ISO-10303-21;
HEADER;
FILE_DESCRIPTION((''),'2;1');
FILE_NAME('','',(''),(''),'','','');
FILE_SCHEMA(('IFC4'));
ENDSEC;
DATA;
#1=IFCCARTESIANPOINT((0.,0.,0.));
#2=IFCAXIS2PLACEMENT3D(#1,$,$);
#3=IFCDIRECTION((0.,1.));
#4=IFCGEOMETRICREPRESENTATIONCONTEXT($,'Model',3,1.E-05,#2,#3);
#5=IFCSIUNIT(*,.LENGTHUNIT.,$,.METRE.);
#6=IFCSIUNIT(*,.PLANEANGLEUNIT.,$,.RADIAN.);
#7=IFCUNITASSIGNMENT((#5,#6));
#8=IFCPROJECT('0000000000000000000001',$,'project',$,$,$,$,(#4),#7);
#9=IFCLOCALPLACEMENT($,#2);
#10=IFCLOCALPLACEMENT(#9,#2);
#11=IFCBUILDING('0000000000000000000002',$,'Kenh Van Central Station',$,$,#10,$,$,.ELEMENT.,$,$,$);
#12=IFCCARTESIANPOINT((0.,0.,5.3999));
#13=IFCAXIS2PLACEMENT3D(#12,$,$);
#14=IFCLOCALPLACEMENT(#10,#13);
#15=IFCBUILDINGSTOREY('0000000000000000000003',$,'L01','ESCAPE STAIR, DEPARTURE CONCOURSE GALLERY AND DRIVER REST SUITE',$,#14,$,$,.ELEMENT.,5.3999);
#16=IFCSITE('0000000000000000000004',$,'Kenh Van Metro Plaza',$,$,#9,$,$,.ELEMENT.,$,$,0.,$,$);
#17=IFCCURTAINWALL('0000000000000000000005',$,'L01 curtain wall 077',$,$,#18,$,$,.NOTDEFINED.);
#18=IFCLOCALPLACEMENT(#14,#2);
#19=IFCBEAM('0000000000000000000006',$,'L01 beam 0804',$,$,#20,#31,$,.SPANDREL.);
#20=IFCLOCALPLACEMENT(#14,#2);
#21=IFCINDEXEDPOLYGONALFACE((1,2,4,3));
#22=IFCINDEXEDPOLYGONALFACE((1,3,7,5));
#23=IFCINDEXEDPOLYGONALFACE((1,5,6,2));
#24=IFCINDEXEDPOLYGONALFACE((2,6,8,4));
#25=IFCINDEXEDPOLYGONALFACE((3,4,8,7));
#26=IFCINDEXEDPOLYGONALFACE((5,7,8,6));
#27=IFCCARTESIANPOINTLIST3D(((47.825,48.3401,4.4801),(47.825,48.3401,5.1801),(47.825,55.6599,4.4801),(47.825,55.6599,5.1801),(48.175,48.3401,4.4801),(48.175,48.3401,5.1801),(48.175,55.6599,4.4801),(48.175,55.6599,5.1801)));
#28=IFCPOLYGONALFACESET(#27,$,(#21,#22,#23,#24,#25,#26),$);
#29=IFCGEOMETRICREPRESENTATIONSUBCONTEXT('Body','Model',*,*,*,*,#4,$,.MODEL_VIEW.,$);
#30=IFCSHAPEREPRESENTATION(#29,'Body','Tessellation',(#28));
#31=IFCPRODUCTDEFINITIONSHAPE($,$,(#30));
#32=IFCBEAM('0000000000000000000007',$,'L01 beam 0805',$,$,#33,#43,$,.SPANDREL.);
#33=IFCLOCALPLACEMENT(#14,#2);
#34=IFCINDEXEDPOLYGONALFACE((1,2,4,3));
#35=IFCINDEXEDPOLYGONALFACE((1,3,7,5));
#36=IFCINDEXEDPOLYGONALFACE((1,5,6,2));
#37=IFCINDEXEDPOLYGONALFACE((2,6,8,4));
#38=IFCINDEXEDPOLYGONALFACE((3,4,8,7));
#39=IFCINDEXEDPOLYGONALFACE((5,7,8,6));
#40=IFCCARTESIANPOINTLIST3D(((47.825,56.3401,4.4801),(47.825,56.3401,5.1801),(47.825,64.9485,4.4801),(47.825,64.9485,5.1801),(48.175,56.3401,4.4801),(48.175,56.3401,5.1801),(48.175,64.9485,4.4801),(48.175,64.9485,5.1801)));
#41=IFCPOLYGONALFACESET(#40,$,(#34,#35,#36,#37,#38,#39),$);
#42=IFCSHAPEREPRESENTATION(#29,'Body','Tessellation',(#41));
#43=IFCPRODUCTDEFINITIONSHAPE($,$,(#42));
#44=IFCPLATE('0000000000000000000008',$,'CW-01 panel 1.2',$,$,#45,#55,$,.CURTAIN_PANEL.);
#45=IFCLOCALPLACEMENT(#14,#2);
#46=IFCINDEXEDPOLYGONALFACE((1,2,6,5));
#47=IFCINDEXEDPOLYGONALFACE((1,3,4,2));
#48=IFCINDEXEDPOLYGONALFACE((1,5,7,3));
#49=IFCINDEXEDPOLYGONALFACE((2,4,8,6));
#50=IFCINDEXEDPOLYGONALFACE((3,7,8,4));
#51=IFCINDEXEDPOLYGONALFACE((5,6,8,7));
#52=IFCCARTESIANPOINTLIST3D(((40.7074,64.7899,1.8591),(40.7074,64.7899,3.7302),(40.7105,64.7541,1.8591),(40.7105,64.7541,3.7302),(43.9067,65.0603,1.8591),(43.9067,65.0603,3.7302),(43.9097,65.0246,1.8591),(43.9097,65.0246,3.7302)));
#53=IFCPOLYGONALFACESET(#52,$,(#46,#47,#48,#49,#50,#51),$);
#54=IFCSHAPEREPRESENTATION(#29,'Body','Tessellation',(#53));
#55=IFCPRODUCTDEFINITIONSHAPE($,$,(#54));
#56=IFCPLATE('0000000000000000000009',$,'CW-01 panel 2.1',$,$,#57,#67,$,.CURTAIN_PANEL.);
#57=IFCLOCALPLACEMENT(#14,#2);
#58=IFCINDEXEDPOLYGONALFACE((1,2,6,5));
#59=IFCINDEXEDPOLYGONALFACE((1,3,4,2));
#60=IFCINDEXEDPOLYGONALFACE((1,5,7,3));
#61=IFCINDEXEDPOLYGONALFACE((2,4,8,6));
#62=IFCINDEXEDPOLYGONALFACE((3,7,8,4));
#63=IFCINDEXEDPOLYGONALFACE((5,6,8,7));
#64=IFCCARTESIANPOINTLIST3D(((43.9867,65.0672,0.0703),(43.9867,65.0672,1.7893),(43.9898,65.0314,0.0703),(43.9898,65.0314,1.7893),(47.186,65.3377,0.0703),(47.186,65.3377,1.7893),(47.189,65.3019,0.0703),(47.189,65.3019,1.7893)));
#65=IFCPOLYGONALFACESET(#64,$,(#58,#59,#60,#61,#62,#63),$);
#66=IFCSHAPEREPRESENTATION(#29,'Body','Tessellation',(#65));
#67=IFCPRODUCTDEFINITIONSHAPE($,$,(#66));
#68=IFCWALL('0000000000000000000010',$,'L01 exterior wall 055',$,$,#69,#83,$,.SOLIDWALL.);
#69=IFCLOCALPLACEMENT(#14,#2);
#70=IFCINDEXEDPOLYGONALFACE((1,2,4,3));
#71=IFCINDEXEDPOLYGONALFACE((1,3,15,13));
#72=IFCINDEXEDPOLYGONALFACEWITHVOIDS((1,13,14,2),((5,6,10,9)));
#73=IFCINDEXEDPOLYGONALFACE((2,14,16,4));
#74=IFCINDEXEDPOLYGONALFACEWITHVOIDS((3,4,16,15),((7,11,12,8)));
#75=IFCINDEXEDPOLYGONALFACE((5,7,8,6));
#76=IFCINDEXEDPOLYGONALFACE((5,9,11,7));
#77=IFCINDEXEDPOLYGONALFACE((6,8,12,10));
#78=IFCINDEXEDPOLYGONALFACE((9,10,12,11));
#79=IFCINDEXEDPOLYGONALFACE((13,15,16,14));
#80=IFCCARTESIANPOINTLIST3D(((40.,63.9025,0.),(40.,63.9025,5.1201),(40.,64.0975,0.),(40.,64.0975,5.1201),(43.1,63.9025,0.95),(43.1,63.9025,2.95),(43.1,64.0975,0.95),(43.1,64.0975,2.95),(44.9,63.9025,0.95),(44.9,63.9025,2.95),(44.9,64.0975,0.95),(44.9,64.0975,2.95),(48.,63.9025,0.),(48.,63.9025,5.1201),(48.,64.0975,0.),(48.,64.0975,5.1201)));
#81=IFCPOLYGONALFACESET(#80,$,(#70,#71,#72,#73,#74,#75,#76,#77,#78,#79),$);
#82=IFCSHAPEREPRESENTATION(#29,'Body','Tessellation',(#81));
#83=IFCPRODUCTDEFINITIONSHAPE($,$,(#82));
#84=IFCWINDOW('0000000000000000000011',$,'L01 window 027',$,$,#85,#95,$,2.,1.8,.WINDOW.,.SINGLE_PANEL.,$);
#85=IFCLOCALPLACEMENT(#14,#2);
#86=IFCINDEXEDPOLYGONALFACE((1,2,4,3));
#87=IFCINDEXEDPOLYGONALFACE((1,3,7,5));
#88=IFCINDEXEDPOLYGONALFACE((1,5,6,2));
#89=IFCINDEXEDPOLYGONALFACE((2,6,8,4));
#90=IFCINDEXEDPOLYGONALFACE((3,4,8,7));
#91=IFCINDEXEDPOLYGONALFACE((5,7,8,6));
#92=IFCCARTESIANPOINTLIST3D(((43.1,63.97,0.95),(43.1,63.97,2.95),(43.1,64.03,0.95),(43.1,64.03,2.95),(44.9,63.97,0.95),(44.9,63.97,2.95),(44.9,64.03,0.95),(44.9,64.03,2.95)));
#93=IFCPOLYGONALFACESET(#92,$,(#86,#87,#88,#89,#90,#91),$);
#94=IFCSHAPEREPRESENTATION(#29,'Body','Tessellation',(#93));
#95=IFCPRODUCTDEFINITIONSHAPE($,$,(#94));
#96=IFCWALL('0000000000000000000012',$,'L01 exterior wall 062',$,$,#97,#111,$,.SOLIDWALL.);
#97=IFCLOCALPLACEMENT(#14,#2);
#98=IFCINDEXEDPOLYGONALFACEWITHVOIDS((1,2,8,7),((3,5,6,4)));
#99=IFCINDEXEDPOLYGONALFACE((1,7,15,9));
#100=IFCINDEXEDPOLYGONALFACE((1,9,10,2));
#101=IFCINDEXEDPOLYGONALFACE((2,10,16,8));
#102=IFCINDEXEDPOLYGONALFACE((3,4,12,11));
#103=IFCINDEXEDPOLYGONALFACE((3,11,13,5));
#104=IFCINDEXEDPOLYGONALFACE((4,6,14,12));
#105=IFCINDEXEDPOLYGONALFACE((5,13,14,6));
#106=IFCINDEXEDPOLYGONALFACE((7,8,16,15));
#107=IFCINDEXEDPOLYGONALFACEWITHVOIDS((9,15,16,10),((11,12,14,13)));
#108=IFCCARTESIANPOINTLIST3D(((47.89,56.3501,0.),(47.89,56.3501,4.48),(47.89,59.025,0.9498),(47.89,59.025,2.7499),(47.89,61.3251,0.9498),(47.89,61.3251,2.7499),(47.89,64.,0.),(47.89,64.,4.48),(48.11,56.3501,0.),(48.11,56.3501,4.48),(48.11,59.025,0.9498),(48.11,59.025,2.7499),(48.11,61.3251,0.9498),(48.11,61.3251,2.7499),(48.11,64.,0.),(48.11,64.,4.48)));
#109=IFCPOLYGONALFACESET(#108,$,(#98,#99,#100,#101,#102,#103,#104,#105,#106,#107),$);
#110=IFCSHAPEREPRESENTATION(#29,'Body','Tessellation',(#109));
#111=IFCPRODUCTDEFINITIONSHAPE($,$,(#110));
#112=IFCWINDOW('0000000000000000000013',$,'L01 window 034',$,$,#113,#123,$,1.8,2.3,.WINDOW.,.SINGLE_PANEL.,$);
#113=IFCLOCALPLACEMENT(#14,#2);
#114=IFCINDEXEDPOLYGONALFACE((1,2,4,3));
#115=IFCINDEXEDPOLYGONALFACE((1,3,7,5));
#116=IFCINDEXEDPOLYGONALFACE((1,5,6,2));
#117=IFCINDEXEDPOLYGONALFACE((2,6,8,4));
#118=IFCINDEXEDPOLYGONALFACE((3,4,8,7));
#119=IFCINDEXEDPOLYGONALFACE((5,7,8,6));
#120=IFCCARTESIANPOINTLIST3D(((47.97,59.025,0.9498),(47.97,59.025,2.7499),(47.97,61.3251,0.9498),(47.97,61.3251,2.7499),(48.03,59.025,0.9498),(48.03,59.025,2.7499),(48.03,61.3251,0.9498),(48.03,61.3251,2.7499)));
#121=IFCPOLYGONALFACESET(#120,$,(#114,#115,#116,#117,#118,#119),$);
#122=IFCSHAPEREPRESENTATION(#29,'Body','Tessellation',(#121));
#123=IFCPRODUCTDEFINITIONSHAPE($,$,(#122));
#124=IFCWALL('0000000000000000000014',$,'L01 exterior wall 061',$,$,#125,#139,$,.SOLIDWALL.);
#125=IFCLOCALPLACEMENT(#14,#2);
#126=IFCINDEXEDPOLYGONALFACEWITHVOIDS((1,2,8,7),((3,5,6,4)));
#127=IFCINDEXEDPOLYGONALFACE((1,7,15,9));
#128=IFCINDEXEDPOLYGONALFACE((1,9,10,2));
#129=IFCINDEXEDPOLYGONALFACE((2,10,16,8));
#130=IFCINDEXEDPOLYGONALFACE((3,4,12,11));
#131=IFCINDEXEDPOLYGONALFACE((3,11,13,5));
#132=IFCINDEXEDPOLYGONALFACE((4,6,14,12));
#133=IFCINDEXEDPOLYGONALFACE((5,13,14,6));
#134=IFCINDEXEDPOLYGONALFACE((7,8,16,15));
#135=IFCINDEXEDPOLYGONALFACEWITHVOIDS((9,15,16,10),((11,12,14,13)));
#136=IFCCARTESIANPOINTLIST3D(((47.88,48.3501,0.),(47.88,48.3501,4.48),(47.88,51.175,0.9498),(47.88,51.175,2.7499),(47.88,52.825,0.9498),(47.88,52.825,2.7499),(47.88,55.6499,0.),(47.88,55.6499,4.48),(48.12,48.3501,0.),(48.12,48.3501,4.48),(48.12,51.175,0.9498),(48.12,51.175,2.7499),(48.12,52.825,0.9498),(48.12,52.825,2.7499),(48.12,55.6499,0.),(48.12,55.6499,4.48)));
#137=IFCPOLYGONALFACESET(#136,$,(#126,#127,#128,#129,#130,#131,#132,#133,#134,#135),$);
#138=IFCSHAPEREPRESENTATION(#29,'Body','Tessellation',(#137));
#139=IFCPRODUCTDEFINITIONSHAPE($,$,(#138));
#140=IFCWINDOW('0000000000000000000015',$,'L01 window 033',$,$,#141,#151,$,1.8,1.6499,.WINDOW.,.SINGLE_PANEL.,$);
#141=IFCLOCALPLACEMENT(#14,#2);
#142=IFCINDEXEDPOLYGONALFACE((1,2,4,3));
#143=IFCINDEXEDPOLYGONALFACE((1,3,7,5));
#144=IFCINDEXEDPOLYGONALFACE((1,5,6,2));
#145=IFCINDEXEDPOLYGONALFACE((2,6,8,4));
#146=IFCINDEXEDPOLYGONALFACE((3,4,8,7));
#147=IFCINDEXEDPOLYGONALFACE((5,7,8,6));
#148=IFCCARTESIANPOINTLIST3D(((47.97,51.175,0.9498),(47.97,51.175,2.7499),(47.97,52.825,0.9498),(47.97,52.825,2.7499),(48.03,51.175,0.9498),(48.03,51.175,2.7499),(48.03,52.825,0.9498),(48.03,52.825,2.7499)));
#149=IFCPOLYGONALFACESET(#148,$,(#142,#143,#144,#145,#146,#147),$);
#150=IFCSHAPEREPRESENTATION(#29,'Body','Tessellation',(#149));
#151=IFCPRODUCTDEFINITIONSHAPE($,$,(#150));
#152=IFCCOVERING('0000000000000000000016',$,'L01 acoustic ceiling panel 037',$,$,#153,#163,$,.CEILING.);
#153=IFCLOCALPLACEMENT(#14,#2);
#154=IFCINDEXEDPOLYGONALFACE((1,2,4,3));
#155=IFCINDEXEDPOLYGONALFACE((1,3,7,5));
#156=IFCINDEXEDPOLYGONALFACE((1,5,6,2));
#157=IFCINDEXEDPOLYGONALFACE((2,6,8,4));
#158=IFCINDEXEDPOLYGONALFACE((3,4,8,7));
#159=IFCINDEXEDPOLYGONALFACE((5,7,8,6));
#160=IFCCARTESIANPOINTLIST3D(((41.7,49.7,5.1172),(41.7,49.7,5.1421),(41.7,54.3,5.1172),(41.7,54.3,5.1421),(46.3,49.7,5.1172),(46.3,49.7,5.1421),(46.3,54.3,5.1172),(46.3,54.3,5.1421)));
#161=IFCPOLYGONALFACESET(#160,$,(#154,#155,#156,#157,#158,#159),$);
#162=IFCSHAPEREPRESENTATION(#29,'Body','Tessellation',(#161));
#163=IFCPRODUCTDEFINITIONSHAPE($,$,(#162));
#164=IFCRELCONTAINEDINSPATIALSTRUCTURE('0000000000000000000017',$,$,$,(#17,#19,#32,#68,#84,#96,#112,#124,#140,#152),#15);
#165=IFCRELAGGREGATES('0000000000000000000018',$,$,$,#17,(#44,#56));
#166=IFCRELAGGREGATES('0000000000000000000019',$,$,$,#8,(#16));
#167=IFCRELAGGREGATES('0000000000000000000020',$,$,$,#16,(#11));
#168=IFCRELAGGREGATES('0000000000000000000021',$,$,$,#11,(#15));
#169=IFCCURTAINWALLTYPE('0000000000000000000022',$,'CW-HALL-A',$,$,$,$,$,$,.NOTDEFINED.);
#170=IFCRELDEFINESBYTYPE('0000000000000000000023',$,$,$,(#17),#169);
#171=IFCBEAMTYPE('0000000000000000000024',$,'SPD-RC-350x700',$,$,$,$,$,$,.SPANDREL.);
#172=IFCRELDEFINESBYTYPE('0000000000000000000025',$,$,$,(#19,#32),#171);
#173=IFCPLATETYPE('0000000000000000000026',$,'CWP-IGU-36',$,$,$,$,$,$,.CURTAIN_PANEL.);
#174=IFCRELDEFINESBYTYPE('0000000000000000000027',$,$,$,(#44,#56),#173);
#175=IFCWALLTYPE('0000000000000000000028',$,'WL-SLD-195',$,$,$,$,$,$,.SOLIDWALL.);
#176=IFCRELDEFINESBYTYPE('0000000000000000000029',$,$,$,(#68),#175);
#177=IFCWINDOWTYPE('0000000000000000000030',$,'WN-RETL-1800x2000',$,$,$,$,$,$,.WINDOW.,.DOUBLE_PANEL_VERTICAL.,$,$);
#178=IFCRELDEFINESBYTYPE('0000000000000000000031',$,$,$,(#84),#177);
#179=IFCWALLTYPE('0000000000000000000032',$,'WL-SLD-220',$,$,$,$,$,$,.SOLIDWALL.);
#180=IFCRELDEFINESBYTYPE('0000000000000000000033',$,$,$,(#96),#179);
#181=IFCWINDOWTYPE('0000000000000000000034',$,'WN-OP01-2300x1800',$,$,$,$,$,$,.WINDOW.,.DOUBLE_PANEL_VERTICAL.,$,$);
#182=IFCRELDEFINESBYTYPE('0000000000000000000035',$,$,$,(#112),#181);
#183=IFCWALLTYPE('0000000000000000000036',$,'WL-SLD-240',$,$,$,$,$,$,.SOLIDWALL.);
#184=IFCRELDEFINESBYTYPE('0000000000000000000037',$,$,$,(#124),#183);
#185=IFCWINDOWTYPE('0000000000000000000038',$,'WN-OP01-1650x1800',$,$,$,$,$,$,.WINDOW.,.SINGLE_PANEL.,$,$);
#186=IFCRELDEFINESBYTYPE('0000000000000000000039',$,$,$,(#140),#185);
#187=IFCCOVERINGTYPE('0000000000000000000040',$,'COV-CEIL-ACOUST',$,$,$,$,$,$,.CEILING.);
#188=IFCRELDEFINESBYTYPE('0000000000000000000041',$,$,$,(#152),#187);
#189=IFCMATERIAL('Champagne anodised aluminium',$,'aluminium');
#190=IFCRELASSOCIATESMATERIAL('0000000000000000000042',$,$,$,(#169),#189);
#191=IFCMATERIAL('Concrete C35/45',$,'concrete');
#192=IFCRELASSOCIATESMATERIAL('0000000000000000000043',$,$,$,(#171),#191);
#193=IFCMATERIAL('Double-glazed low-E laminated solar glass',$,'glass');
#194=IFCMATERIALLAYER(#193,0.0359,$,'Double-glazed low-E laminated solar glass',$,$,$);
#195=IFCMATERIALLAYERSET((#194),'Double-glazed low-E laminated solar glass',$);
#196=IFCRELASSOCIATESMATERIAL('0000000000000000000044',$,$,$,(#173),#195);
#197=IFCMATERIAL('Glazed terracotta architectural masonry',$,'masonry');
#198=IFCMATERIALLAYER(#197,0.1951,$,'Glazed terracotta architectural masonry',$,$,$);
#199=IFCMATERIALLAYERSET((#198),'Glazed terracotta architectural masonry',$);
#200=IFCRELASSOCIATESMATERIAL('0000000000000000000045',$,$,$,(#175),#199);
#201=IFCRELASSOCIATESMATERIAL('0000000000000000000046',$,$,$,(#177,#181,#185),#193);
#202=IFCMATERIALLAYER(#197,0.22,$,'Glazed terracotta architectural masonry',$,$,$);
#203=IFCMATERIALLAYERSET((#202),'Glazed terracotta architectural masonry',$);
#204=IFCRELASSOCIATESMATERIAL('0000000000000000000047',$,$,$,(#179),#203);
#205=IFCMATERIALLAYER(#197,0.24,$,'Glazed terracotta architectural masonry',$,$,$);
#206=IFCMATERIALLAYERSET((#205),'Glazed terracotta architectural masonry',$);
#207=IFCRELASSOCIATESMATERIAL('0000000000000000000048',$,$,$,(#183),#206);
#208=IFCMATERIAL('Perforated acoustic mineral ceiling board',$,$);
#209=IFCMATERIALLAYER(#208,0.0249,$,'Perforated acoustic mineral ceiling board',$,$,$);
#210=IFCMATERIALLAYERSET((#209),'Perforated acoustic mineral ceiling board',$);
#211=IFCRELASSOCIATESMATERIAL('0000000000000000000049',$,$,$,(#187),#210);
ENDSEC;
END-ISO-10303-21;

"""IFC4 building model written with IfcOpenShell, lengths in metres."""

from ifc_helpers import new_model, si_unit, direction, frame, frame_2d, origin, origin_2d, place, context, subcontext, project, spatial, rectangle, extrude, material, layer, layer_set, material_profile, profile_set, type_object, element, fill, aggregate, save


model = new_model("IFC4")

# Units and contexts
model_context = context("Model", 3, precision=1e-05, world=origin(), true_north=direction((0.0, 1.0)))
body_context = subcontext(model_context, "Body", "Model", "MODEL_VIEW")
ifc_project = project(units=[si_unit("LENGTHUNIT", "METRE"), si_unit("PLANEANGLEUNIT", "RADIAN")], contexts=[model_context])

# Site, building, storey
site_placement = place(None, origin())
site = spatial("IfcSite", under=ifc_project, at=site_placement, Name="Kenh Van Metro Plaza", CompositionType="ELEMENT", RefElevation=0.0)
building_placement = place(site_placement, origin())
building = spatial("IfcBuilding", under=site, at=building_placement, Name="Kenh Van Central Station", CompositionType="ELEMENT")
storey_placement = place(building_placement, frame((0.0, 0.0, 5.3999)))
storey = spatial("IfcBuildingStorey", under=building, at=storey_placement, Name="L01", Description="ESCAPE STAIR, DEPARTURE CONCOURSE GALLERY AND DRIVER REST SUITE", CompositionType="ELEMENT", Elevation=5.3999)

# Shared definitions
ifc_material_1 = material(Name="Concrete C35/45", Category="concrete")

# Curtain wall
ifc_material_2 = material(Name="Champagne anodised aluminium", Category="aluminium")
curtain_wall_type = type_object("IfcCurtainWallType", Name="CW-HALL-A", PredefinedType="NOTDEFINED", material=ifc_material_2)
curtain_wall_placement = place(storey_placement, origin())
curtain_wall = element("IfcCurtainWall", 1, at=curtain_wall_placement, inside=storey, type_object=curtain_wall_type, Name="L01 curtain wall 077", PredefinedType="NOTDEFINED")

# Beams
ifc_material_profile_1 = material_profile(ifc_material_1, rectangle(XDim=0.3501, YDim=0.7, at=origin_2d()), Name="RC 350x700")
ifc_profile_set_1 = profile_set([ifc_material_profile_1], Name="Concrete C35/45")
beam_type_1 = type_object("IfcBeamType", Name="SPD-RC-350x700", PredefinedType="SPANDREL", material=ifc_profile_set_1)
beam_1_placement = place(storey_placement, frame((48.0, 48.3401, 4.8301), z_axis=(0.0, 1.0, 0.0), x_axis=(-1.0, 0.0, 0.0)))
element("IfcBeam", 2, at=beam_1_placement, inside=storey, type_object=beam_type_1, Name="L01 beam 0804", PredefinedType="SPANDREL", context=body_context, shape_type="SweptSolid", body=[
    extrude(rectangle(XDim=0.3501, YDim=0.7, at=origin_2d()), origin(), (0.0, 0.0, 1.0), 7.3198),
])
beam_2_placement = place(storey_placement, frame((48.0, 56.3401, 4.8301), z_axis=(0.0, 1.0, 0.0), x_axis=(-1.0, 0.0, 0.0)))
element("IfcBeam", 3, at=beam_2_placement, inside=storey, type_object=beam_type_1, Name="L01 beam 0805", PredefinedType="SPANDREL", context=body_context, shape_type="SweptSolid", body=[
    extrude(rectangle(XDim=0.3501, YDim=0.7, at=origin_2d()), origin(), (0.0, 0.0, 1.0), 8.6084),
])

# Plates
ifc_material_3 = material(Name="Double-glazed low-E laminated solar glass", Category="glass")
ifc_layer_1 = layer(ifc_material_3, 0.0359, Name="Double-glazed low-E laminated solar glass")
ifc_layer_set_1 = layer_set([ifc_layer_1], Name="Double-glazed low-E laminated solar glass")
plate_type = type_object("IfcPlateType", Name="CWP-IGU-36", PredefinedType="CURTAIN_PANEL", material=ifc_layer_set_1)
plate_1_placement = place(storey_placement, frame((42.3086, 64.9072, 1.8591), z_axis=(0.0, 0.0, 1.0), x_axis=(0.996445, 0.084244, 0.0)))
plate_1 = element("IfcPlate", 4, at=plate_1_placement, type_object=plate_type, Name="CW-01 panel 1.2", PredefinedType="CURTAIN_PANEL", context=body_context, shape_type="SweptSolid", body=[
    extrude(rectangle(XDim=3.2107, YDim=0.0359, at=origin_2d()), origin(), (0.0, 0.0, 1.0), 1.8711),
])
plate_2_placement = place(storey_placement, frame((45.5879, 65.1846, 0.0703), z_axis=(0.0, 0.0, 1.0), x_axis=(0.996445, 0.084244, 0.0)))
plate_2 = element("IfcPlate", 5, at=plate_2_placement, type_object=plate_type, Name="CW-01 panel 2.1", PredefinedType="CURTAIN_PANEL", context=body_context, shape_type="SweptSolid", body=[
    extrude(rectangle(XDim=3.2107, YDim=0.0359, at=origin_2d()), origin(), (0.0, 0.0, 1.0), 1.719),
])
aggregate(curtain_wall, [plate_1, plate_2])

# Walls, openings, windows
ifc_material_4 = material(Name="Glazed terracotta architectural masonry", Category="masonry")
ifc_layer_2 = layer(ifc_material_4, 0.1951, Name="Glazed terracotta architectural masonry")
ifc_layer_set_2 = layer_set([ifc_layer_2], Name="Glazed terracotta architectural masonry")
wall_type_1 = type_object("IfcWallType", Name="WL-SLD-195", PredefinedType="SOLIDWALL", material=ifc_layer_set_2)
wall_1_placement = place(storey_placement, frame((48.0, 64.0, 0.0), z_axis=(0.0, 0.0, 1.0), x_axis=(-1.0, 0.0, 0.0)))
wall_1 = element("IfcWall", 6, at=wall_1_placement, inside=storey, type_object=wall_type_1, Name="L01 exterior wall 055", PredefinedType="SOLIDWALL", context=body_context, shape_type="SweptSolid", body=[
    extrude(rectangle(XDim=8.0, YDim=0.1951, at=frame_2d((4.0, 0.0))), origin(), (0.0, 0.0, 1.0), 5.1201),
])
opening_1_placement = place(wall_1_placement, frame((3.1001, 0.0, 0.95)))
opening_1 = element("IfcOpeningElement", 7, at=opening_1_placement, cuts=wall_1, PredefinedType="OPENING", context=body_context, shape_type="SweptSolid", body=[
    extrude(rectangle(XDim=1.8, YDim=2.0, at=frame_2d((0.8999, 1.0))), frame((0.0, 0.1074, 0.0), z_axis=(0.0, -1.0, 0.0), x_axis=(1.0, 0.0, 0.0)), (0.0, 0.0, 1.0), 0.2151),
])
window_type_1 = type_object("IfcWindowType", Name="WN-RETL-1800x2000", PartitioningType="DOUBLE_PANEL_VERTICAL", PredefinedType="WINDOW", material=ifc_material_3)
window_1_placement = place(opening_1_placement, origin())
window_1 = element("IfcWindow", 8, at=window_1_placement, inside=storey, type_object=window_type_1, Name="L01 window 027", OverallHeight=2.0, OverallWidth=1.8, PartitioningType="SINGLE_PANEL", PredefinedType="WINDOW", context=body_context, shape_type="SweptSolid", body=[
    extrude(rectangle(XDim=1.8, YDim=2.0, at=frame_2d((0.8999, 1.0))), frame((0.0, 0.03, 0.0), z_axis=(0.0, -1.0, 0.0), x_axis=(1.0, 0.0, 0.0)), (0.0, 0.0, 1.0), 0.0601),
])
fill(opening_1, window_1)
ifc_layer_3 = layer(ifc_material_4, 0.22, Name="Glazed terracotta architectural masonry")
ifc_layer_set_3 = layer_set([ifc_layer_3], Name="Glazed terracotta architectural masonry")
wall_type_2 = type_object("IfcWallType", Name="WL-SLD-220", PredefinedType="SOLIDWALL", material=ifc_layer_set_3)
wall_2_placement = place(storey_placement, frame((48.0, 56.3501, 0.0), z_axis=(0.0, 0.0, 1.0), x_axis=(0.0, 1.0, 0.0)))
wall_2 = element("IfcWall", 9, at=wall_2_placement, inside=storey, type_object=wall_type_2, Name="L01 exterior wall 062", PredefinedType="SOLIDWALL", context=body_context, shape_type="SweptSolid", body=[
    extrude(rectangle(XDim=7.6499, YDim=0.22, at=frame_2d((3.825, 0.0))), origin(), (0.0, 0.0, 1.0), 4.48),
])
opening_2_placement = place(wall_2_placement, frame((2.675, 0.0, 0.95)))
opening_2 = element("IfcOpeningElement", 10, at=opening_2_placement, cuts=wall_2, PredefinedType="OPENING", context=body_context, shape_type="SweptSolid", body=[
    extrude(rectangle(XDim=2.3, YDim=1.8, at=frame_2d((1.1499, 0.8999))), frame((0.0, 0.1199, 0.0), z_axis=(0.0, -1.0, 0.0), x_axis=(1.0, 0.0, 0.0)), (0.0, 0.0, 1.0), 0.24),
])
window_type_2 = type_object("IfcWindowType", Name="WN-OP01-2300x1800", PartitioningType="DOUBLE_PANEL_VERTICAL", PredefinedType="WINDOW", material=ifc_material_3)
window_2_placement = place(opening_2_placement, origin())
window_2 = element("IfcWindow", 11, at=window_2_placement, inside=storey, type_object=window_type_2, Name="L01 window 034", OverallHeight=1.8, OverallWidth=2.3, PartitioningType="SINGLE_PANEL", PredefinedType="WINDOW", context=body_context, shape_type="SweptSolid", body=[
    extrude(rectangle(XDim=2.3, YDim=1.8, at=frame_2d((1.1499, 0.8999))), frame((0.0, 0.03, 0.0), z_axis=(0.0, -1.0, 0.0), x_axis=(1.0, 0.0, 0.0)), (0.0, 0.0, 1.0), 0.0601),
])
fill(opening_2, window_2)
ifc_layer_4 = layer(ifc_material_4, 0.24, Name="Glazed terracotta architectural masonry")
ifc_layer_set_4 = layer_set([ifc_layer_4], Name="Glazed terracotta architectural masonry")
wall_type_3 = type_object("IfcWallType", Name="WL-SLD-240", PredefinedType="SOLIDWALL", material=ifc_layer_set_4)
wall_3_placement = place(storey_placement, frame((48.0, 48.3501, 0.0), z_axis=(0.0, 0.0, 1.0), x_axis=(0.0, 1.0, 0.0)))
wall_3 = element("IfcWall", 12, at=wall_3_placement, inside=storey, type_object=wall_type_3, Name="L01 exterior wall 061", PredefinedType="SOLIDWALL", context=body_context, shape_type="SweptSolid", body=[
    extrude(rectangle(XDim=7.2998, YDim=0.24, at=frame_2d((3.6499, 0.0))), origin(), (0.0, 0.0, 1.0), 4.48),
])
opening_3_placement = place(wall_3_placement, frame((2.825, 0.0, 0.95)))
opening_3 = element("IfcOpeningElement", 13, at=opening_3_placement, cuts=wall_3, PredefinedType="OPENING", context=body_context, shape_type="SweptSolid", body=[
    extrude(rectangle(XDim=1.6499, YDim=1.8, at=frame_2d((0.825, 0.8999))), frame((0.0, 0.1299, 0.0), z_axis=(0.0, -1.0, 0.0), x_axis=(1.0, 0.0, 0.0)), (0.0, 0.0, 1.0), 0.26),
])
window_type_3 = type_object("IfcWindowType", Name="WN-OP01-1650x1800", PartitioningType="SINGLE_PANEL", PredefinedType="WINDOW", material=ifc_material_3)
window_3_placement = place(opening_3_placement, origin())
window_3 = element("IfcWindow", 14, at=window_3_placement, inside=storey, type_object=window_type_3, Name="L01 window 033", OverallHeight=1.8, OverallWidth=1.6499, PartitioningType="SINGLE_PANEL", PredefinedType="WINDOW", context=body_context, shape_type="SweptSolid", body=[
    extrude(rectangle(XDim=1.6499, YDim=1.8, at=frame_2d((0.825, 0.8999))), frame((0.0, 0.03, 0.0), z_axis=(0.0, -1.0, 0.0), x_axis=(1.0, 0.0, 0.0)), (0.0, 0.0, 1.0), 0.0601),
])
fill(opening_3, window_3)

# Covering
ifc_material_5 = material(Name="Perforated acoustic mineral ceiling board")
ifc_layer_5 = layer(ifc_material_5, 0.0249, Name="Perforated acoustic mineral ceiling board")
ifc_layer_set_5 = layer_set([ifc_layer_5], Name="Perforated acoustic mineral ceiling board")
covering_type_1 = type_object("IfcCoveringType", Name="COV-CEIL-ACOUST", PredefinedType="CEILING", material=ifc_layer_set_5)
covering_1_placement = place(storey_placement, frame((44.0, 52.0, 5.1172), z_axis=(0.0, 0.0, 1.0), x_axis=(1.0, 0.0, 0.0)))
element("IfcCovering", 15, at=covering_1_placement, inside=storey, type_object=covering_type_1, Name="L01 acoustic ceiling panel 037", PredefinedType="CEILING", context=body_context, shape_type="SweptSolid", body=[
    extrude(rectangle(XDim=4.6001, YDim=4.6001, at=origin_2d()), origin(), (0.0, 0.0, 1.0), 0.0249),
])

save(model, "model.ifc")
